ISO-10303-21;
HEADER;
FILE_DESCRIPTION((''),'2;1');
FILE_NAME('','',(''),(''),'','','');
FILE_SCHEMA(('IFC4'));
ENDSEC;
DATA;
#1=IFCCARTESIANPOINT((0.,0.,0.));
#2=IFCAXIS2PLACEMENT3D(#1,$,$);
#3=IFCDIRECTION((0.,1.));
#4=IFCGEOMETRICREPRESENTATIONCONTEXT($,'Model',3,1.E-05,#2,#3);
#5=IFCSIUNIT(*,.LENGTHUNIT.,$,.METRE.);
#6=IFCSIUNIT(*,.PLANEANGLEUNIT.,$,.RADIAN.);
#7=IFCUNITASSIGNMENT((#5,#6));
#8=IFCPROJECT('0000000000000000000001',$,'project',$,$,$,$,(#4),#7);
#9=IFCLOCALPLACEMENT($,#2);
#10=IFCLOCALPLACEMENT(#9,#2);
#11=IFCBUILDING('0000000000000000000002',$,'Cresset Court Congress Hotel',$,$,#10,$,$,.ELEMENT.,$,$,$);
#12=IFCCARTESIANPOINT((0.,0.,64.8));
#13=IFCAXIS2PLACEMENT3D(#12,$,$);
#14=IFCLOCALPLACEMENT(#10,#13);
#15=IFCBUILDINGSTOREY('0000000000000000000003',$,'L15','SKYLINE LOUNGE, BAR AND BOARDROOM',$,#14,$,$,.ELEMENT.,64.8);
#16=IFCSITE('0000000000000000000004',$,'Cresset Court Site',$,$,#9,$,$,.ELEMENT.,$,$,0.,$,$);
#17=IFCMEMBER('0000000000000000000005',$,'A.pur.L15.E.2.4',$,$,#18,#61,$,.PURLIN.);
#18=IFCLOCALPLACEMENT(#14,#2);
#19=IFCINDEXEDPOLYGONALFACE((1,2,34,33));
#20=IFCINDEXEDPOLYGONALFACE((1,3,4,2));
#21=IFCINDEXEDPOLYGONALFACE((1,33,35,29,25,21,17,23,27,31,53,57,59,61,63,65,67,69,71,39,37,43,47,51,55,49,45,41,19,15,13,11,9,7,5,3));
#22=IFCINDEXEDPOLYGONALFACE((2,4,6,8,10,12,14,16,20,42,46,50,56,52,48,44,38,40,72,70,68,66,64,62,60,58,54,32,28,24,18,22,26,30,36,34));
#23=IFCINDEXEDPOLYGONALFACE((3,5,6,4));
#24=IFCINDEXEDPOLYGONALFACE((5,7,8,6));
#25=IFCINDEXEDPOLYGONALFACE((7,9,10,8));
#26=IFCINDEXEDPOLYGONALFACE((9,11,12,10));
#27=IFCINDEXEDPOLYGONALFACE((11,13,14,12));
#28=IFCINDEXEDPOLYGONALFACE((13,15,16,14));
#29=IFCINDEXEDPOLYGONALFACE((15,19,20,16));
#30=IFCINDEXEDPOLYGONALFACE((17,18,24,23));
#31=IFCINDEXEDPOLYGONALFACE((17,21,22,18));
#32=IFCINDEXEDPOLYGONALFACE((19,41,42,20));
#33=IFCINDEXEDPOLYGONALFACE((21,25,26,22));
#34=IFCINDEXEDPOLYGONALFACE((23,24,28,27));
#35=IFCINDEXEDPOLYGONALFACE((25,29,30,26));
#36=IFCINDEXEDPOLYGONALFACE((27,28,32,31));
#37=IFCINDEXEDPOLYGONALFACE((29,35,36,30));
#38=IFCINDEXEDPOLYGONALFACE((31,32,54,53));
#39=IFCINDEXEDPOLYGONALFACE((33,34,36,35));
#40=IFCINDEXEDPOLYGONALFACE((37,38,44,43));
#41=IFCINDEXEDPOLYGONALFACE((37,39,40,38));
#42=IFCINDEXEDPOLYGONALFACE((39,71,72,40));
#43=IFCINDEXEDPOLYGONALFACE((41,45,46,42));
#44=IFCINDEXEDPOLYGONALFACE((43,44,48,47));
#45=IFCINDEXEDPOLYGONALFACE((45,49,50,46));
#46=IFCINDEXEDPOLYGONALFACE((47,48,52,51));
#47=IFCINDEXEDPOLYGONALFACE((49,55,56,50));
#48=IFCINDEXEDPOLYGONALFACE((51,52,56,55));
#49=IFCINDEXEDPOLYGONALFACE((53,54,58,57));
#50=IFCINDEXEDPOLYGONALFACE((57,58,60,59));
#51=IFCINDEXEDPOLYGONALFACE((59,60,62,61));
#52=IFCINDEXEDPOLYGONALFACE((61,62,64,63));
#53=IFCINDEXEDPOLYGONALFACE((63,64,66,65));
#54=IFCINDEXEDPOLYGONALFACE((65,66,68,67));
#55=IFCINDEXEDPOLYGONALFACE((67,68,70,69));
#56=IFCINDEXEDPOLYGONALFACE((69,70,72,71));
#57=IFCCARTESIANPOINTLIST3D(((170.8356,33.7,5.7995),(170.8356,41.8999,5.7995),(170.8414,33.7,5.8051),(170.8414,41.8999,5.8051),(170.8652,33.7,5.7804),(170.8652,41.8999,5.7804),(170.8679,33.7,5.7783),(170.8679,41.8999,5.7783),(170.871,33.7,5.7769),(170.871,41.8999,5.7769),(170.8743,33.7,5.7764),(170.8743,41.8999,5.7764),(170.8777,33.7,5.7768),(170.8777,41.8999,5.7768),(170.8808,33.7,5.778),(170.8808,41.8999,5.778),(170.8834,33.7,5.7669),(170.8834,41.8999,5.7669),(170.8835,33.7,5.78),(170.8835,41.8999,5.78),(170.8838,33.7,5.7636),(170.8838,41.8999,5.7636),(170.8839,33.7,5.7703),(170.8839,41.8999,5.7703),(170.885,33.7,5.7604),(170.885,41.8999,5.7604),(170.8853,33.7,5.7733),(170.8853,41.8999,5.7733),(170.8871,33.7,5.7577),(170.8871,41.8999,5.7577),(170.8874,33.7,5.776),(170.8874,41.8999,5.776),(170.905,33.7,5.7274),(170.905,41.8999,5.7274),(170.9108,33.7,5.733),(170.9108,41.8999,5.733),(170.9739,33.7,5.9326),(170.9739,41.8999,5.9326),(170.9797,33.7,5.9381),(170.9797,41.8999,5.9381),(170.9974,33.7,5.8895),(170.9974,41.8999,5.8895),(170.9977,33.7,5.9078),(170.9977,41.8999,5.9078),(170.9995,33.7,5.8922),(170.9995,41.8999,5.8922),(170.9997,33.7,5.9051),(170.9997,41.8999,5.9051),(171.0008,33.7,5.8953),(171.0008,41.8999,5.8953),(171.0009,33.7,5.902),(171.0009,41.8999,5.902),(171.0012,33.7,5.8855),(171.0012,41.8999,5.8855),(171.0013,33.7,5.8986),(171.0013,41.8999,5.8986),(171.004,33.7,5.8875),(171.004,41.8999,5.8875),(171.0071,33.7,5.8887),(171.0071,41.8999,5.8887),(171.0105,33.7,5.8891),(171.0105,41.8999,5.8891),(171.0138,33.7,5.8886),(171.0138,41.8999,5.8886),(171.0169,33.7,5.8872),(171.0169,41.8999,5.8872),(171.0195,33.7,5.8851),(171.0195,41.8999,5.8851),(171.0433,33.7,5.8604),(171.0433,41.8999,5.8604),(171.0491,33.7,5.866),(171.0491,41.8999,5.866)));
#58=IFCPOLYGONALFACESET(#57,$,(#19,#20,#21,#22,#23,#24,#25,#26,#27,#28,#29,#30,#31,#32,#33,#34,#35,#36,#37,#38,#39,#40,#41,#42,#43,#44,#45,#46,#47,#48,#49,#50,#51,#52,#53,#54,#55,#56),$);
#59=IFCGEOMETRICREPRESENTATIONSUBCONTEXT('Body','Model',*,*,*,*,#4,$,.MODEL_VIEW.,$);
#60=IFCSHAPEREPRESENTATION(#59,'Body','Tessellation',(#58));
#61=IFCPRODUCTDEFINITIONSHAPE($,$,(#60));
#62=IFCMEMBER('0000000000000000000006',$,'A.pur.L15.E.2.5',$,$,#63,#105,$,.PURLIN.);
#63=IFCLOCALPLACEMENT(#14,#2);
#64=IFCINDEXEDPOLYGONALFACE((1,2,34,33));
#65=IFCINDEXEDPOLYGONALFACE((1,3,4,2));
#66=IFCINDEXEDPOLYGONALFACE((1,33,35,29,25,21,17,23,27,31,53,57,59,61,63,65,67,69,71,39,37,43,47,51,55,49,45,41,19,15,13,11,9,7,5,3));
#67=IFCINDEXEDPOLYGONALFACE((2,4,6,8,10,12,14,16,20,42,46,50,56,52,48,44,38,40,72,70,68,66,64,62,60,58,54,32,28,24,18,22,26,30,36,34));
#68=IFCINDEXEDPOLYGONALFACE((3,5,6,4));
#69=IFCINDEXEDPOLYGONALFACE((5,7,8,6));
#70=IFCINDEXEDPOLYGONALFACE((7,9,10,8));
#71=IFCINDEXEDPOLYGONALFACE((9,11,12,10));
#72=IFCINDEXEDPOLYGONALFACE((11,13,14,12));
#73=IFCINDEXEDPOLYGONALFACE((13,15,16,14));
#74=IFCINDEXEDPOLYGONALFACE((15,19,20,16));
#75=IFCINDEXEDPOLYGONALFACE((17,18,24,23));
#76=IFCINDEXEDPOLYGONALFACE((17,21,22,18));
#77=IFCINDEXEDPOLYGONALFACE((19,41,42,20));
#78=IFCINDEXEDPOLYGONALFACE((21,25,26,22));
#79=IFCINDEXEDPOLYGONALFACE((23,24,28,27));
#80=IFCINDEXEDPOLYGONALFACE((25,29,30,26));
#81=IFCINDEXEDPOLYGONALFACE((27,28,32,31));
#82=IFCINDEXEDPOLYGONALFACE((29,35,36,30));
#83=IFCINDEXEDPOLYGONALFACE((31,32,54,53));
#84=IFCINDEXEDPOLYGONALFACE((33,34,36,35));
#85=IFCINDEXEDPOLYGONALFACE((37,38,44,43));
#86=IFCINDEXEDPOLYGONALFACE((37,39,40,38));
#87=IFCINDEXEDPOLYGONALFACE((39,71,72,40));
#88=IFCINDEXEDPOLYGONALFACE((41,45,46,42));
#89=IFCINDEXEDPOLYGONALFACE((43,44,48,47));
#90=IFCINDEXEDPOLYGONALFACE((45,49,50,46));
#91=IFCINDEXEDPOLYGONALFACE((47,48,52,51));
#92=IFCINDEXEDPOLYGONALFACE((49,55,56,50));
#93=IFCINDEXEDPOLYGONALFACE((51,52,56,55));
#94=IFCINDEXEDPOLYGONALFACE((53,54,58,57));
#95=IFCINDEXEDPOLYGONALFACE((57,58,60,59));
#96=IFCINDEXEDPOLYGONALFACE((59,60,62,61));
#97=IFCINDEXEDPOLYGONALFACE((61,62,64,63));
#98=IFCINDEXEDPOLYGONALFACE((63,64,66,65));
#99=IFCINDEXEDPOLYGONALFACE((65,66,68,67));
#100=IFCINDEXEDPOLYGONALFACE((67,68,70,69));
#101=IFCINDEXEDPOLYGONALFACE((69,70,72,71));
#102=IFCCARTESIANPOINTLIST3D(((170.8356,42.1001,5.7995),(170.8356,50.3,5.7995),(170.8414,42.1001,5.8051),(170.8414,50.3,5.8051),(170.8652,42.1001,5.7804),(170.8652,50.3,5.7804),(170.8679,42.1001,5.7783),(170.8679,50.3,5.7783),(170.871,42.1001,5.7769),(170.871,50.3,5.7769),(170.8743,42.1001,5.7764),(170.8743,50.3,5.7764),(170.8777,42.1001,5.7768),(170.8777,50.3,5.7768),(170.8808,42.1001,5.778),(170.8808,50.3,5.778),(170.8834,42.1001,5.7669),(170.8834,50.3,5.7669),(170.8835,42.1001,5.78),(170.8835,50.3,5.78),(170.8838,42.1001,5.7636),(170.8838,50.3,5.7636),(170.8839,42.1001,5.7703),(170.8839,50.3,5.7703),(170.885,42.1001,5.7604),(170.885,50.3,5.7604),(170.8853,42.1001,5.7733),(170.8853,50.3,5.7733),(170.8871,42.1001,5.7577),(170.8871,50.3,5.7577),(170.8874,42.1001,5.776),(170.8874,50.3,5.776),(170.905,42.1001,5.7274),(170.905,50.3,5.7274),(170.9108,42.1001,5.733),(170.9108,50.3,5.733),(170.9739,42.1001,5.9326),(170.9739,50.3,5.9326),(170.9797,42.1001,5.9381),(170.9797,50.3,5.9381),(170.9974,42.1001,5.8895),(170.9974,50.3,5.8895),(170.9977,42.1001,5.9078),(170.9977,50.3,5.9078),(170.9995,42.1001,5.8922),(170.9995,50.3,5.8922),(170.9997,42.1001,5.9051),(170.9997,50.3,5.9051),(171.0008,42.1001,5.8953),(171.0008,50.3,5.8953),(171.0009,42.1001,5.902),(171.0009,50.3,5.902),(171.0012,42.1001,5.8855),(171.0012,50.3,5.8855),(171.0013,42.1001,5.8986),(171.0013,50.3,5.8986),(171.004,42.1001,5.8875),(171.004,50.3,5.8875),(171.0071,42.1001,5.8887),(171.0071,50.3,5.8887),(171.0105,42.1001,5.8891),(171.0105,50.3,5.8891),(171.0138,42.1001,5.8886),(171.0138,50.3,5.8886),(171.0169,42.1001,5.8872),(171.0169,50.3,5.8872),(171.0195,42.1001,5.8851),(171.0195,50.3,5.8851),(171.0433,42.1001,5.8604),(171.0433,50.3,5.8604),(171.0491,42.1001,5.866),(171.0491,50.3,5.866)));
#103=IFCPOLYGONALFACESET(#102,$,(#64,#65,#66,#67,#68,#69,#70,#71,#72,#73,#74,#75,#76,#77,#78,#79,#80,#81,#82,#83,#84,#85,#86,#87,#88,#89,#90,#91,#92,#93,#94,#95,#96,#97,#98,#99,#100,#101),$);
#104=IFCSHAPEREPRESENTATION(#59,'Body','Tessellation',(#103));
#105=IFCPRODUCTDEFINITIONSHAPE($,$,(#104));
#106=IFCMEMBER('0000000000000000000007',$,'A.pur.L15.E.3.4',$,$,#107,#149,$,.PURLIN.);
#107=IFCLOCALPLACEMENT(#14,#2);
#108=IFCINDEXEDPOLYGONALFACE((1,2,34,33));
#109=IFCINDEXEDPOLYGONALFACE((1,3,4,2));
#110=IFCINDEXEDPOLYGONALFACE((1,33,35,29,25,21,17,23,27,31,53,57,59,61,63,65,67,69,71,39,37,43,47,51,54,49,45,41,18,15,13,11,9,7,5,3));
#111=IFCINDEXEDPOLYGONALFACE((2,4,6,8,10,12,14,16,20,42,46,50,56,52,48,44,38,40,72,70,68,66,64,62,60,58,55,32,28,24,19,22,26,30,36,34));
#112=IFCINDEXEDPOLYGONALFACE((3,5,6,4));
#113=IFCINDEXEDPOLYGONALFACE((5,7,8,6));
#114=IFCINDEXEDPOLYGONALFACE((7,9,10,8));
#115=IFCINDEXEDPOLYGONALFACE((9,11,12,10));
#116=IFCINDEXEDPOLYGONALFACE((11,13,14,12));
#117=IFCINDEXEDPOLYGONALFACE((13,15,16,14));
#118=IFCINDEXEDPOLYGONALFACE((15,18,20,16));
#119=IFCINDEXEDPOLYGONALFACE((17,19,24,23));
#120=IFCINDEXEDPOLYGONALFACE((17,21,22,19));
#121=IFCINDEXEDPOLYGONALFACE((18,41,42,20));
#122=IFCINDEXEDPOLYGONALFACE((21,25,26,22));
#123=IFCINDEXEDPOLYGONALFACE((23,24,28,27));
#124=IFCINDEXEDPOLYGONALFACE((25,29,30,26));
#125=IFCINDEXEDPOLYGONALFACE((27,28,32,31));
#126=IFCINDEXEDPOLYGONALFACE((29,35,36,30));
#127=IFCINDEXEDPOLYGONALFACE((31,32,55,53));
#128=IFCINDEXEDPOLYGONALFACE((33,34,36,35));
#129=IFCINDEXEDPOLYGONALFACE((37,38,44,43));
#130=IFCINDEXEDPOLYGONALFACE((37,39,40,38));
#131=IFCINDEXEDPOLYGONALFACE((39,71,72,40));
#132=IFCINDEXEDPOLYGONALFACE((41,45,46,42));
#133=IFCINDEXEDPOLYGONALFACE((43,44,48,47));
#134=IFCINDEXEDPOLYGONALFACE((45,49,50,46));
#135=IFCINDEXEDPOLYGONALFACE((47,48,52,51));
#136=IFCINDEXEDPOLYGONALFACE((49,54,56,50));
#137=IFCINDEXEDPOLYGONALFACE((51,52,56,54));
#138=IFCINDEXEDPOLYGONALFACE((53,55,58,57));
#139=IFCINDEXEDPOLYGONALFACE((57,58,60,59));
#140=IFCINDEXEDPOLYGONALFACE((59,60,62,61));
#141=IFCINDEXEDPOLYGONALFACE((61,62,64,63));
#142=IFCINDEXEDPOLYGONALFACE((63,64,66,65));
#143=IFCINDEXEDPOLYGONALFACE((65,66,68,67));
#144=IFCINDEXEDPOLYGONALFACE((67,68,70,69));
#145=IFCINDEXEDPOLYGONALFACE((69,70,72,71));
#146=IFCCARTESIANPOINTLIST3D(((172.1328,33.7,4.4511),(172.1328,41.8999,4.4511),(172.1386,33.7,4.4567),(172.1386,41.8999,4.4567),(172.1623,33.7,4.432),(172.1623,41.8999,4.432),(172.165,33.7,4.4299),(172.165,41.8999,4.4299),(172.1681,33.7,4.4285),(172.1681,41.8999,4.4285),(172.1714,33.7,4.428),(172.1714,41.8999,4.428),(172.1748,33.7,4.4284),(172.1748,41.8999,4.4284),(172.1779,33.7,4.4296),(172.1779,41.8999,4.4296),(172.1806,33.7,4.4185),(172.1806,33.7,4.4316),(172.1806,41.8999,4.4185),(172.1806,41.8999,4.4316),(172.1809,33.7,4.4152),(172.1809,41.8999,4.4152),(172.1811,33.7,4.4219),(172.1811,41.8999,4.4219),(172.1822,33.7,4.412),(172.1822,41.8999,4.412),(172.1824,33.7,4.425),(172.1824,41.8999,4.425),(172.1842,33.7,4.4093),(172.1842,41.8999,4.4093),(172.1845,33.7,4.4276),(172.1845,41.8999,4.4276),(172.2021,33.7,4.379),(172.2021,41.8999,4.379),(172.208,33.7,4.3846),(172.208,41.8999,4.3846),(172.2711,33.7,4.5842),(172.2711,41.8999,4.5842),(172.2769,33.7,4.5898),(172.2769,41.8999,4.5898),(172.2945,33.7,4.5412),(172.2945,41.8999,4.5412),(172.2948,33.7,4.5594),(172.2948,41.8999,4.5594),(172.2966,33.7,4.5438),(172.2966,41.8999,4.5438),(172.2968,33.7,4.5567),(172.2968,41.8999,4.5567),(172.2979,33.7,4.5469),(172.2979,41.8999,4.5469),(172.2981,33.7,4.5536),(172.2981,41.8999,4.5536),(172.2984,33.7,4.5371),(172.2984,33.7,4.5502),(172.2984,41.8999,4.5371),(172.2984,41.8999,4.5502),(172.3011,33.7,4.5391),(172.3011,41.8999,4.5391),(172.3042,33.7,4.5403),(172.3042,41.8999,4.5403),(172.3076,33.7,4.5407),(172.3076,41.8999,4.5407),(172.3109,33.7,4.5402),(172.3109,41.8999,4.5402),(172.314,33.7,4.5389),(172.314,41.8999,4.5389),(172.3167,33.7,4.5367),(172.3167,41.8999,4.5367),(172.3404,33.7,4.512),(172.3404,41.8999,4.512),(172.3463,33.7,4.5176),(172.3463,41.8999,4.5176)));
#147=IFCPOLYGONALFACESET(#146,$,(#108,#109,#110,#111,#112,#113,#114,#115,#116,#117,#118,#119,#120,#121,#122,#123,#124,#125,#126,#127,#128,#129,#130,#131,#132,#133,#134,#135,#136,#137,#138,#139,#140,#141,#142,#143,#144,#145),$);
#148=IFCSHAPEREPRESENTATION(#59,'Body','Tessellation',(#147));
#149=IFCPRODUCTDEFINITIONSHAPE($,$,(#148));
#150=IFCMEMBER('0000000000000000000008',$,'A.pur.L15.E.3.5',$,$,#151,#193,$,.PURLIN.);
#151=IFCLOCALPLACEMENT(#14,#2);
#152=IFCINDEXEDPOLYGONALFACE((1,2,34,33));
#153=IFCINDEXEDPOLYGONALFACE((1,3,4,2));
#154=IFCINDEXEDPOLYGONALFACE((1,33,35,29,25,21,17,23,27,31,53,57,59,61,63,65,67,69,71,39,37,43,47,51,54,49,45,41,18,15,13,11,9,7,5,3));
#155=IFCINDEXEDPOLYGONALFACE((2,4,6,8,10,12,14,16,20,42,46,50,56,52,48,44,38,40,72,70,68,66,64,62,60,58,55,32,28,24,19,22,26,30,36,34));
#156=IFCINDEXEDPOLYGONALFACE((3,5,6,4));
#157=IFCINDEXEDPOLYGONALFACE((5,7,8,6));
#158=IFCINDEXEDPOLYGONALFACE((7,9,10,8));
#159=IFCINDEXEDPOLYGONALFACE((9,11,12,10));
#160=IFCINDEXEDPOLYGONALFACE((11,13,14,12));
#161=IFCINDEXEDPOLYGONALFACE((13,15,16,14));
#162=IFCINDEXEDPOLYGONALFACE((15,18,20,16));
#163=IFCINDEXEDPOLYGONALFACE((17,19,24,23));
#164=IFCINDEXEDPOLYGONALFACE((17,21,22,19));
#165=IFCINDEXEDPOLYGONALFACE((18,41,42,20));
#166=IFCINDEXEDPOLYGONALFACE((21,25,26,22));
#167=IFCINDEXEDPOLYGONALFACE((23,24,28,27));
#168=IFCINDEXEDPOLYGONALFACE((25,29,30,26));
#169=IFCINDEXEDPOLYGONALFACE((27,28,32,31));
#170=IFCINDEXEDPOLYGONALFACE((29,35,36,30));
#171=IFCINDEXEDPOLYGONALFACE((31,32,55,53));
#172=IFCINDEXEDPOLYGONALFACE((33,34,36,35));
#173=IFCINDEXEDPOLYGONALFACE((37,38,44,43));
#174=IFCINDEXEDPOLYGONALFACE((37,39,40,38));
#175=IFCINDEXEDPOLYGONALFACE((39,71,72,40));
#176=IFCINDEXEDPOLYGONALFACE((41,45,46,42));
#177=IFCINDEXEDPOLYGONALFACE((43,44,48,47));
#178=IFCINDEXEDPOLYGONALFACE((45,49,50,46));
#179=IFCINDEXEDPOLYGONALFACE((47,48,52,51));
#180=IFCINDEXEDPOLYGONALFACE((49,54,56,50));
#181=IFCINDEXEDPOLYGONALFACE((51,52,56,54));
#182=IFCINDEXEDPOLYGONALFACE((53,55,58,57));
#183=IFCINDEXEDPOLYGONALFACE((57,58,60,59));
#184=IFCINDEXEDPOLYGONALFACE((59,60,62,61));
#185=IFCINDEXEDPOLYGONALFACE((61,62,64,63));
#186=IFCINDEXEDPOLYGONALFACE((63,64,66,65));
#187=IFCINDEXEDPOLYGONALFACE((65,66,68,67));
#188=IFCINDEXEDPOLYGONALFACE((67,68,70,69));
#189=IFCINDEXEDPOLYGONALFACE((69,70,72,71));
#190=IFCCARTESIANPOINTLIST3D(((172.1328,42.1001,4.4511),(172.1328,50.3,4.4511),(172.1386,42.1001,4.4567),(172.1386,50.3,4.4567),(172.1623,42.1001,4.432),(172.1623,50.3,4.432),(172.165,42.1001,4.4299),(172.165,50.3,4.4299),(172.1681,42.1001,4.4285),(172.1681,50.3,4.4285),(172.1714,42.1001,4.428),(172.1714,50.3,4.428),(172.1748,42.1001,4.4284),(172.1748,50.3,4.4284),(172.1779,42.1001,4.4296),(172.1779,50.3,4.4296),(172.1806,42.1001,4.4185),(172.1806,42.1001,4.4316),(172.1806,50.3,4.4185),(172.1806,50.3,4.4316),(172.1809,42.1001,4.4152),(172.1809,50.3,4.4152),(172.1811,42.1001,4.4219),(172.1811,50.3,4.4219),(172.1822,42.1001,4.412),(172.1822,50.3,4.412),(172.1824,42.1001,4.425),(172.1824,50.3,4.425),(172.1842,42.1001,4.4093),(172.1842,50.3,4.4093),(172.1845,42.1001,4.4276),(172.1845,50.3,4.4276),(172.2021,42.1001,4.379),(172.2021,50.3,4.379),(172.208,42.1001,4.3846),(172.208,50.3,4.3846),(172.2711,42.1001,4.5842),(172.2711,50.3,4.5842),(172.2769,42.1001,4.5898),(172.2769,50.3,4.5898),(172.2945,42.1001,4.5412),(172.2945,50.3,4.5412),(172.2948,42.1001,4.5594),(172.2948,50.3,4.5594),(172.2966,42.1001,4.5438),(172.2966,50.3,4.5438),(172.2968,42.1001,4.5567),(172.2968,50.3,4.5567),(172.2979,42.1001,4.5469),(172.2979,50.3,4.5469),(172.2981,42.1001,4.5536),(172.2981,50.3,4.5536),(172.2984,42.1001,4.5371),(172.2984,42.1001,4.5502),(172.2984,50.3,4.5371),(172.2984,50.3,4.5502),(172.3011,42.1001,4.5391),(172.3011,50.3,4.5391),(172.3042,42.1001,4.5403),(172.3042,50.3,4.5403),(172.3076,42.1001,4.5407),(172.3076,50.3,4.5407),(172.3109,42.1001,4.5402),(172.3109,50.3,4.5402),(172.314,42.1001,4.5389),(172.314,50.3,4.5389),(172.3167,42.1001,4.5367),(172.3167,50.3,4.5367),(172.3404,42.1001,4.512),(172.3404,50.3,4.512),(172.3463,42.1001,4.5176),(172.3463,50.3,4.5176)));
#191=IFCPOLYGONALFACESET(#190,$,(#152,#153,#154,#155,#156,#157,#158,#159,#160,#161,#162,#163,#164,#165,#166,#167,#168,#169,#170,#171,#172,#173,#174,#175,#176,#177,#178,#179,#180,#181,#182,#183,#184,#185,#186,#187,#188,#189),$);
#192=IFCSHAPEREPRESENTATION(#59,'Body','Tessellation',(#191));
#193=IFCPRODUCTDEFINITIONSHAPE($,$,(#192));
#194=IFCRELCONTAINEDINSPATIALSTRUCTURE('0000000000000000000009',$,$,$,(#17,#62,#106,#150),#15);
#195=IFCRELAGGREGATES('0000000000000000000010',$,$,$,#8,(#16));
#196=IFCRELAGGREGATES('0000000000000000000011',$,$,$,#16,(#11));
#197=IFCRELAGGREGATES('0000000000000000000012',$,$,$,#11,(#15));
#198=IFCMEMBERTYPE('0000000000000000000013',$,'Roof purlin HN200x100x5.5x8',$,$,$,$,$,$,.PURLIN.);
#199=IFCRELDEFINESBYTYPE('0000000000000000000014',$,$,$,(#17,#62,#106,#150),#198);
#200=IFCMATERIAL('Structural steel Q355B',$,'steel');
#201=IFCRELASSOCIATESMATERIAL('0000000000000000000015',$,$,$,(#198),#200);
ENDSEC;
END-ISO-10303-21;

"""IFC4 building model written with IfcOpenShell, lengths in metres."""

from ifc_helpers import new_model, si_unit, direction, frame, origin, origin_2d, place, context, subcontext, project, spatial, i_section, extrude, material, material_profile, profile_set, type_object, element, save


model = new_model("IFC4")

# Units and contexts
model_context = context("Model", 3, precision=1e-05, world=origin(), true_north=direction((0.0, 1.0)))
body_context = subcontext(model_context, "Body", "Model", "MODEL_VIEW")
ifc_project = project(units=[si_unit("LENGTHUNIT", "METRE"), si_unit("PLANEANGLEUNIT", "RADIAN")], contexts=[model_context])

# Site, building, storey
site_placement = place(None, origin())
site = spatial("IfcSite", under=ifc_project, at=site_placement, Name="Cresset Court Site", CompositionType="ELEMENT", RefElevation=0.0)
building_placement = place(site_placement, origin())
building = spatial("IfcBuilding", under=site, at=building_placement, Name="Cresset Court Congress Hotel", CompositionType="ELEMENT")
storey_placement = place(building_placement, frame((0.0, 0.0, 64.8)))
storey = spatial("IfcBuildingStorey", under=building, at=storey_placement, Name="L15", Description="SKYLINE LOUNGE, BAR AND BOARDROOM", CompositionType="ELEMENT", Elevation=64.8)

# Members
ifc_material_1 = material(Name="Structural steel Q355B", Category="steel")
ifc_material_profile_1 = material_profile(ifc_material_1, i_section(OverallWidth=0.1001, OverallDepth=0.2, WebThickness=0.0056, FlangeThickness=0.0081, FilletRadius=0.0129, at=origin_2d()), Name="HN200x100x5.5x8")
ifc_profile_set_1 = profile_set([ifc_material_profile_1], Name="Structural steel Q355B")
member_type_1 = type_object("IfcMemberType", Name="Roof purlin HN200x100x5.5x8", PredefinedType="PURLIN", material=ifc_profile_set_1)
for number, where, z_axis, x_axis, name in (
    (1, (170.9424, 33.7, 5.8328), (0.0, 1.0, 0.0), (-0.693246, 0.0, 0.720701), "A.pur.L15.E.2.4"),
    (2, (170.9424, 42.1001, 5.8328), (0.0, 1.0, 0.0), (-0.693246, 0.0, 0.720701), "A.pur.L15.E.2.5"),
    (3, (172.2395, 33.7, 4.4844), (0.0, 1.0, 0.0), (-0.693246, 0.0, 0.720701), "A.pur.L15.E.3.4"),
    (4, (172.2395, 42.1001, 4.4844), (0.0, 1.0, 0.0), (-0.693246, 0.0, 0.720701), "A.pur.L15.E.3.5"),
):
    element("IfcMember", number, at=place(storey_placement, frame(where, z_axis=z_axis, x_axis=x_axis)), inside=storey, type_object=member_type_1, Name=name, PredefinedType="PURLIN", context=body_context, shape_type="SweptSolid", body=[
        extrude(i_section(OverallWidth=0.1001, OverallDepth=0.2, WebThickness=0.0056, FlangeThickness=0.0081, FilletRadius=0.0129, at=origin_2d()), origin(), (0.0, 0.0, 1.0), 8.2),
    ])

save(model, "model.ifc")
